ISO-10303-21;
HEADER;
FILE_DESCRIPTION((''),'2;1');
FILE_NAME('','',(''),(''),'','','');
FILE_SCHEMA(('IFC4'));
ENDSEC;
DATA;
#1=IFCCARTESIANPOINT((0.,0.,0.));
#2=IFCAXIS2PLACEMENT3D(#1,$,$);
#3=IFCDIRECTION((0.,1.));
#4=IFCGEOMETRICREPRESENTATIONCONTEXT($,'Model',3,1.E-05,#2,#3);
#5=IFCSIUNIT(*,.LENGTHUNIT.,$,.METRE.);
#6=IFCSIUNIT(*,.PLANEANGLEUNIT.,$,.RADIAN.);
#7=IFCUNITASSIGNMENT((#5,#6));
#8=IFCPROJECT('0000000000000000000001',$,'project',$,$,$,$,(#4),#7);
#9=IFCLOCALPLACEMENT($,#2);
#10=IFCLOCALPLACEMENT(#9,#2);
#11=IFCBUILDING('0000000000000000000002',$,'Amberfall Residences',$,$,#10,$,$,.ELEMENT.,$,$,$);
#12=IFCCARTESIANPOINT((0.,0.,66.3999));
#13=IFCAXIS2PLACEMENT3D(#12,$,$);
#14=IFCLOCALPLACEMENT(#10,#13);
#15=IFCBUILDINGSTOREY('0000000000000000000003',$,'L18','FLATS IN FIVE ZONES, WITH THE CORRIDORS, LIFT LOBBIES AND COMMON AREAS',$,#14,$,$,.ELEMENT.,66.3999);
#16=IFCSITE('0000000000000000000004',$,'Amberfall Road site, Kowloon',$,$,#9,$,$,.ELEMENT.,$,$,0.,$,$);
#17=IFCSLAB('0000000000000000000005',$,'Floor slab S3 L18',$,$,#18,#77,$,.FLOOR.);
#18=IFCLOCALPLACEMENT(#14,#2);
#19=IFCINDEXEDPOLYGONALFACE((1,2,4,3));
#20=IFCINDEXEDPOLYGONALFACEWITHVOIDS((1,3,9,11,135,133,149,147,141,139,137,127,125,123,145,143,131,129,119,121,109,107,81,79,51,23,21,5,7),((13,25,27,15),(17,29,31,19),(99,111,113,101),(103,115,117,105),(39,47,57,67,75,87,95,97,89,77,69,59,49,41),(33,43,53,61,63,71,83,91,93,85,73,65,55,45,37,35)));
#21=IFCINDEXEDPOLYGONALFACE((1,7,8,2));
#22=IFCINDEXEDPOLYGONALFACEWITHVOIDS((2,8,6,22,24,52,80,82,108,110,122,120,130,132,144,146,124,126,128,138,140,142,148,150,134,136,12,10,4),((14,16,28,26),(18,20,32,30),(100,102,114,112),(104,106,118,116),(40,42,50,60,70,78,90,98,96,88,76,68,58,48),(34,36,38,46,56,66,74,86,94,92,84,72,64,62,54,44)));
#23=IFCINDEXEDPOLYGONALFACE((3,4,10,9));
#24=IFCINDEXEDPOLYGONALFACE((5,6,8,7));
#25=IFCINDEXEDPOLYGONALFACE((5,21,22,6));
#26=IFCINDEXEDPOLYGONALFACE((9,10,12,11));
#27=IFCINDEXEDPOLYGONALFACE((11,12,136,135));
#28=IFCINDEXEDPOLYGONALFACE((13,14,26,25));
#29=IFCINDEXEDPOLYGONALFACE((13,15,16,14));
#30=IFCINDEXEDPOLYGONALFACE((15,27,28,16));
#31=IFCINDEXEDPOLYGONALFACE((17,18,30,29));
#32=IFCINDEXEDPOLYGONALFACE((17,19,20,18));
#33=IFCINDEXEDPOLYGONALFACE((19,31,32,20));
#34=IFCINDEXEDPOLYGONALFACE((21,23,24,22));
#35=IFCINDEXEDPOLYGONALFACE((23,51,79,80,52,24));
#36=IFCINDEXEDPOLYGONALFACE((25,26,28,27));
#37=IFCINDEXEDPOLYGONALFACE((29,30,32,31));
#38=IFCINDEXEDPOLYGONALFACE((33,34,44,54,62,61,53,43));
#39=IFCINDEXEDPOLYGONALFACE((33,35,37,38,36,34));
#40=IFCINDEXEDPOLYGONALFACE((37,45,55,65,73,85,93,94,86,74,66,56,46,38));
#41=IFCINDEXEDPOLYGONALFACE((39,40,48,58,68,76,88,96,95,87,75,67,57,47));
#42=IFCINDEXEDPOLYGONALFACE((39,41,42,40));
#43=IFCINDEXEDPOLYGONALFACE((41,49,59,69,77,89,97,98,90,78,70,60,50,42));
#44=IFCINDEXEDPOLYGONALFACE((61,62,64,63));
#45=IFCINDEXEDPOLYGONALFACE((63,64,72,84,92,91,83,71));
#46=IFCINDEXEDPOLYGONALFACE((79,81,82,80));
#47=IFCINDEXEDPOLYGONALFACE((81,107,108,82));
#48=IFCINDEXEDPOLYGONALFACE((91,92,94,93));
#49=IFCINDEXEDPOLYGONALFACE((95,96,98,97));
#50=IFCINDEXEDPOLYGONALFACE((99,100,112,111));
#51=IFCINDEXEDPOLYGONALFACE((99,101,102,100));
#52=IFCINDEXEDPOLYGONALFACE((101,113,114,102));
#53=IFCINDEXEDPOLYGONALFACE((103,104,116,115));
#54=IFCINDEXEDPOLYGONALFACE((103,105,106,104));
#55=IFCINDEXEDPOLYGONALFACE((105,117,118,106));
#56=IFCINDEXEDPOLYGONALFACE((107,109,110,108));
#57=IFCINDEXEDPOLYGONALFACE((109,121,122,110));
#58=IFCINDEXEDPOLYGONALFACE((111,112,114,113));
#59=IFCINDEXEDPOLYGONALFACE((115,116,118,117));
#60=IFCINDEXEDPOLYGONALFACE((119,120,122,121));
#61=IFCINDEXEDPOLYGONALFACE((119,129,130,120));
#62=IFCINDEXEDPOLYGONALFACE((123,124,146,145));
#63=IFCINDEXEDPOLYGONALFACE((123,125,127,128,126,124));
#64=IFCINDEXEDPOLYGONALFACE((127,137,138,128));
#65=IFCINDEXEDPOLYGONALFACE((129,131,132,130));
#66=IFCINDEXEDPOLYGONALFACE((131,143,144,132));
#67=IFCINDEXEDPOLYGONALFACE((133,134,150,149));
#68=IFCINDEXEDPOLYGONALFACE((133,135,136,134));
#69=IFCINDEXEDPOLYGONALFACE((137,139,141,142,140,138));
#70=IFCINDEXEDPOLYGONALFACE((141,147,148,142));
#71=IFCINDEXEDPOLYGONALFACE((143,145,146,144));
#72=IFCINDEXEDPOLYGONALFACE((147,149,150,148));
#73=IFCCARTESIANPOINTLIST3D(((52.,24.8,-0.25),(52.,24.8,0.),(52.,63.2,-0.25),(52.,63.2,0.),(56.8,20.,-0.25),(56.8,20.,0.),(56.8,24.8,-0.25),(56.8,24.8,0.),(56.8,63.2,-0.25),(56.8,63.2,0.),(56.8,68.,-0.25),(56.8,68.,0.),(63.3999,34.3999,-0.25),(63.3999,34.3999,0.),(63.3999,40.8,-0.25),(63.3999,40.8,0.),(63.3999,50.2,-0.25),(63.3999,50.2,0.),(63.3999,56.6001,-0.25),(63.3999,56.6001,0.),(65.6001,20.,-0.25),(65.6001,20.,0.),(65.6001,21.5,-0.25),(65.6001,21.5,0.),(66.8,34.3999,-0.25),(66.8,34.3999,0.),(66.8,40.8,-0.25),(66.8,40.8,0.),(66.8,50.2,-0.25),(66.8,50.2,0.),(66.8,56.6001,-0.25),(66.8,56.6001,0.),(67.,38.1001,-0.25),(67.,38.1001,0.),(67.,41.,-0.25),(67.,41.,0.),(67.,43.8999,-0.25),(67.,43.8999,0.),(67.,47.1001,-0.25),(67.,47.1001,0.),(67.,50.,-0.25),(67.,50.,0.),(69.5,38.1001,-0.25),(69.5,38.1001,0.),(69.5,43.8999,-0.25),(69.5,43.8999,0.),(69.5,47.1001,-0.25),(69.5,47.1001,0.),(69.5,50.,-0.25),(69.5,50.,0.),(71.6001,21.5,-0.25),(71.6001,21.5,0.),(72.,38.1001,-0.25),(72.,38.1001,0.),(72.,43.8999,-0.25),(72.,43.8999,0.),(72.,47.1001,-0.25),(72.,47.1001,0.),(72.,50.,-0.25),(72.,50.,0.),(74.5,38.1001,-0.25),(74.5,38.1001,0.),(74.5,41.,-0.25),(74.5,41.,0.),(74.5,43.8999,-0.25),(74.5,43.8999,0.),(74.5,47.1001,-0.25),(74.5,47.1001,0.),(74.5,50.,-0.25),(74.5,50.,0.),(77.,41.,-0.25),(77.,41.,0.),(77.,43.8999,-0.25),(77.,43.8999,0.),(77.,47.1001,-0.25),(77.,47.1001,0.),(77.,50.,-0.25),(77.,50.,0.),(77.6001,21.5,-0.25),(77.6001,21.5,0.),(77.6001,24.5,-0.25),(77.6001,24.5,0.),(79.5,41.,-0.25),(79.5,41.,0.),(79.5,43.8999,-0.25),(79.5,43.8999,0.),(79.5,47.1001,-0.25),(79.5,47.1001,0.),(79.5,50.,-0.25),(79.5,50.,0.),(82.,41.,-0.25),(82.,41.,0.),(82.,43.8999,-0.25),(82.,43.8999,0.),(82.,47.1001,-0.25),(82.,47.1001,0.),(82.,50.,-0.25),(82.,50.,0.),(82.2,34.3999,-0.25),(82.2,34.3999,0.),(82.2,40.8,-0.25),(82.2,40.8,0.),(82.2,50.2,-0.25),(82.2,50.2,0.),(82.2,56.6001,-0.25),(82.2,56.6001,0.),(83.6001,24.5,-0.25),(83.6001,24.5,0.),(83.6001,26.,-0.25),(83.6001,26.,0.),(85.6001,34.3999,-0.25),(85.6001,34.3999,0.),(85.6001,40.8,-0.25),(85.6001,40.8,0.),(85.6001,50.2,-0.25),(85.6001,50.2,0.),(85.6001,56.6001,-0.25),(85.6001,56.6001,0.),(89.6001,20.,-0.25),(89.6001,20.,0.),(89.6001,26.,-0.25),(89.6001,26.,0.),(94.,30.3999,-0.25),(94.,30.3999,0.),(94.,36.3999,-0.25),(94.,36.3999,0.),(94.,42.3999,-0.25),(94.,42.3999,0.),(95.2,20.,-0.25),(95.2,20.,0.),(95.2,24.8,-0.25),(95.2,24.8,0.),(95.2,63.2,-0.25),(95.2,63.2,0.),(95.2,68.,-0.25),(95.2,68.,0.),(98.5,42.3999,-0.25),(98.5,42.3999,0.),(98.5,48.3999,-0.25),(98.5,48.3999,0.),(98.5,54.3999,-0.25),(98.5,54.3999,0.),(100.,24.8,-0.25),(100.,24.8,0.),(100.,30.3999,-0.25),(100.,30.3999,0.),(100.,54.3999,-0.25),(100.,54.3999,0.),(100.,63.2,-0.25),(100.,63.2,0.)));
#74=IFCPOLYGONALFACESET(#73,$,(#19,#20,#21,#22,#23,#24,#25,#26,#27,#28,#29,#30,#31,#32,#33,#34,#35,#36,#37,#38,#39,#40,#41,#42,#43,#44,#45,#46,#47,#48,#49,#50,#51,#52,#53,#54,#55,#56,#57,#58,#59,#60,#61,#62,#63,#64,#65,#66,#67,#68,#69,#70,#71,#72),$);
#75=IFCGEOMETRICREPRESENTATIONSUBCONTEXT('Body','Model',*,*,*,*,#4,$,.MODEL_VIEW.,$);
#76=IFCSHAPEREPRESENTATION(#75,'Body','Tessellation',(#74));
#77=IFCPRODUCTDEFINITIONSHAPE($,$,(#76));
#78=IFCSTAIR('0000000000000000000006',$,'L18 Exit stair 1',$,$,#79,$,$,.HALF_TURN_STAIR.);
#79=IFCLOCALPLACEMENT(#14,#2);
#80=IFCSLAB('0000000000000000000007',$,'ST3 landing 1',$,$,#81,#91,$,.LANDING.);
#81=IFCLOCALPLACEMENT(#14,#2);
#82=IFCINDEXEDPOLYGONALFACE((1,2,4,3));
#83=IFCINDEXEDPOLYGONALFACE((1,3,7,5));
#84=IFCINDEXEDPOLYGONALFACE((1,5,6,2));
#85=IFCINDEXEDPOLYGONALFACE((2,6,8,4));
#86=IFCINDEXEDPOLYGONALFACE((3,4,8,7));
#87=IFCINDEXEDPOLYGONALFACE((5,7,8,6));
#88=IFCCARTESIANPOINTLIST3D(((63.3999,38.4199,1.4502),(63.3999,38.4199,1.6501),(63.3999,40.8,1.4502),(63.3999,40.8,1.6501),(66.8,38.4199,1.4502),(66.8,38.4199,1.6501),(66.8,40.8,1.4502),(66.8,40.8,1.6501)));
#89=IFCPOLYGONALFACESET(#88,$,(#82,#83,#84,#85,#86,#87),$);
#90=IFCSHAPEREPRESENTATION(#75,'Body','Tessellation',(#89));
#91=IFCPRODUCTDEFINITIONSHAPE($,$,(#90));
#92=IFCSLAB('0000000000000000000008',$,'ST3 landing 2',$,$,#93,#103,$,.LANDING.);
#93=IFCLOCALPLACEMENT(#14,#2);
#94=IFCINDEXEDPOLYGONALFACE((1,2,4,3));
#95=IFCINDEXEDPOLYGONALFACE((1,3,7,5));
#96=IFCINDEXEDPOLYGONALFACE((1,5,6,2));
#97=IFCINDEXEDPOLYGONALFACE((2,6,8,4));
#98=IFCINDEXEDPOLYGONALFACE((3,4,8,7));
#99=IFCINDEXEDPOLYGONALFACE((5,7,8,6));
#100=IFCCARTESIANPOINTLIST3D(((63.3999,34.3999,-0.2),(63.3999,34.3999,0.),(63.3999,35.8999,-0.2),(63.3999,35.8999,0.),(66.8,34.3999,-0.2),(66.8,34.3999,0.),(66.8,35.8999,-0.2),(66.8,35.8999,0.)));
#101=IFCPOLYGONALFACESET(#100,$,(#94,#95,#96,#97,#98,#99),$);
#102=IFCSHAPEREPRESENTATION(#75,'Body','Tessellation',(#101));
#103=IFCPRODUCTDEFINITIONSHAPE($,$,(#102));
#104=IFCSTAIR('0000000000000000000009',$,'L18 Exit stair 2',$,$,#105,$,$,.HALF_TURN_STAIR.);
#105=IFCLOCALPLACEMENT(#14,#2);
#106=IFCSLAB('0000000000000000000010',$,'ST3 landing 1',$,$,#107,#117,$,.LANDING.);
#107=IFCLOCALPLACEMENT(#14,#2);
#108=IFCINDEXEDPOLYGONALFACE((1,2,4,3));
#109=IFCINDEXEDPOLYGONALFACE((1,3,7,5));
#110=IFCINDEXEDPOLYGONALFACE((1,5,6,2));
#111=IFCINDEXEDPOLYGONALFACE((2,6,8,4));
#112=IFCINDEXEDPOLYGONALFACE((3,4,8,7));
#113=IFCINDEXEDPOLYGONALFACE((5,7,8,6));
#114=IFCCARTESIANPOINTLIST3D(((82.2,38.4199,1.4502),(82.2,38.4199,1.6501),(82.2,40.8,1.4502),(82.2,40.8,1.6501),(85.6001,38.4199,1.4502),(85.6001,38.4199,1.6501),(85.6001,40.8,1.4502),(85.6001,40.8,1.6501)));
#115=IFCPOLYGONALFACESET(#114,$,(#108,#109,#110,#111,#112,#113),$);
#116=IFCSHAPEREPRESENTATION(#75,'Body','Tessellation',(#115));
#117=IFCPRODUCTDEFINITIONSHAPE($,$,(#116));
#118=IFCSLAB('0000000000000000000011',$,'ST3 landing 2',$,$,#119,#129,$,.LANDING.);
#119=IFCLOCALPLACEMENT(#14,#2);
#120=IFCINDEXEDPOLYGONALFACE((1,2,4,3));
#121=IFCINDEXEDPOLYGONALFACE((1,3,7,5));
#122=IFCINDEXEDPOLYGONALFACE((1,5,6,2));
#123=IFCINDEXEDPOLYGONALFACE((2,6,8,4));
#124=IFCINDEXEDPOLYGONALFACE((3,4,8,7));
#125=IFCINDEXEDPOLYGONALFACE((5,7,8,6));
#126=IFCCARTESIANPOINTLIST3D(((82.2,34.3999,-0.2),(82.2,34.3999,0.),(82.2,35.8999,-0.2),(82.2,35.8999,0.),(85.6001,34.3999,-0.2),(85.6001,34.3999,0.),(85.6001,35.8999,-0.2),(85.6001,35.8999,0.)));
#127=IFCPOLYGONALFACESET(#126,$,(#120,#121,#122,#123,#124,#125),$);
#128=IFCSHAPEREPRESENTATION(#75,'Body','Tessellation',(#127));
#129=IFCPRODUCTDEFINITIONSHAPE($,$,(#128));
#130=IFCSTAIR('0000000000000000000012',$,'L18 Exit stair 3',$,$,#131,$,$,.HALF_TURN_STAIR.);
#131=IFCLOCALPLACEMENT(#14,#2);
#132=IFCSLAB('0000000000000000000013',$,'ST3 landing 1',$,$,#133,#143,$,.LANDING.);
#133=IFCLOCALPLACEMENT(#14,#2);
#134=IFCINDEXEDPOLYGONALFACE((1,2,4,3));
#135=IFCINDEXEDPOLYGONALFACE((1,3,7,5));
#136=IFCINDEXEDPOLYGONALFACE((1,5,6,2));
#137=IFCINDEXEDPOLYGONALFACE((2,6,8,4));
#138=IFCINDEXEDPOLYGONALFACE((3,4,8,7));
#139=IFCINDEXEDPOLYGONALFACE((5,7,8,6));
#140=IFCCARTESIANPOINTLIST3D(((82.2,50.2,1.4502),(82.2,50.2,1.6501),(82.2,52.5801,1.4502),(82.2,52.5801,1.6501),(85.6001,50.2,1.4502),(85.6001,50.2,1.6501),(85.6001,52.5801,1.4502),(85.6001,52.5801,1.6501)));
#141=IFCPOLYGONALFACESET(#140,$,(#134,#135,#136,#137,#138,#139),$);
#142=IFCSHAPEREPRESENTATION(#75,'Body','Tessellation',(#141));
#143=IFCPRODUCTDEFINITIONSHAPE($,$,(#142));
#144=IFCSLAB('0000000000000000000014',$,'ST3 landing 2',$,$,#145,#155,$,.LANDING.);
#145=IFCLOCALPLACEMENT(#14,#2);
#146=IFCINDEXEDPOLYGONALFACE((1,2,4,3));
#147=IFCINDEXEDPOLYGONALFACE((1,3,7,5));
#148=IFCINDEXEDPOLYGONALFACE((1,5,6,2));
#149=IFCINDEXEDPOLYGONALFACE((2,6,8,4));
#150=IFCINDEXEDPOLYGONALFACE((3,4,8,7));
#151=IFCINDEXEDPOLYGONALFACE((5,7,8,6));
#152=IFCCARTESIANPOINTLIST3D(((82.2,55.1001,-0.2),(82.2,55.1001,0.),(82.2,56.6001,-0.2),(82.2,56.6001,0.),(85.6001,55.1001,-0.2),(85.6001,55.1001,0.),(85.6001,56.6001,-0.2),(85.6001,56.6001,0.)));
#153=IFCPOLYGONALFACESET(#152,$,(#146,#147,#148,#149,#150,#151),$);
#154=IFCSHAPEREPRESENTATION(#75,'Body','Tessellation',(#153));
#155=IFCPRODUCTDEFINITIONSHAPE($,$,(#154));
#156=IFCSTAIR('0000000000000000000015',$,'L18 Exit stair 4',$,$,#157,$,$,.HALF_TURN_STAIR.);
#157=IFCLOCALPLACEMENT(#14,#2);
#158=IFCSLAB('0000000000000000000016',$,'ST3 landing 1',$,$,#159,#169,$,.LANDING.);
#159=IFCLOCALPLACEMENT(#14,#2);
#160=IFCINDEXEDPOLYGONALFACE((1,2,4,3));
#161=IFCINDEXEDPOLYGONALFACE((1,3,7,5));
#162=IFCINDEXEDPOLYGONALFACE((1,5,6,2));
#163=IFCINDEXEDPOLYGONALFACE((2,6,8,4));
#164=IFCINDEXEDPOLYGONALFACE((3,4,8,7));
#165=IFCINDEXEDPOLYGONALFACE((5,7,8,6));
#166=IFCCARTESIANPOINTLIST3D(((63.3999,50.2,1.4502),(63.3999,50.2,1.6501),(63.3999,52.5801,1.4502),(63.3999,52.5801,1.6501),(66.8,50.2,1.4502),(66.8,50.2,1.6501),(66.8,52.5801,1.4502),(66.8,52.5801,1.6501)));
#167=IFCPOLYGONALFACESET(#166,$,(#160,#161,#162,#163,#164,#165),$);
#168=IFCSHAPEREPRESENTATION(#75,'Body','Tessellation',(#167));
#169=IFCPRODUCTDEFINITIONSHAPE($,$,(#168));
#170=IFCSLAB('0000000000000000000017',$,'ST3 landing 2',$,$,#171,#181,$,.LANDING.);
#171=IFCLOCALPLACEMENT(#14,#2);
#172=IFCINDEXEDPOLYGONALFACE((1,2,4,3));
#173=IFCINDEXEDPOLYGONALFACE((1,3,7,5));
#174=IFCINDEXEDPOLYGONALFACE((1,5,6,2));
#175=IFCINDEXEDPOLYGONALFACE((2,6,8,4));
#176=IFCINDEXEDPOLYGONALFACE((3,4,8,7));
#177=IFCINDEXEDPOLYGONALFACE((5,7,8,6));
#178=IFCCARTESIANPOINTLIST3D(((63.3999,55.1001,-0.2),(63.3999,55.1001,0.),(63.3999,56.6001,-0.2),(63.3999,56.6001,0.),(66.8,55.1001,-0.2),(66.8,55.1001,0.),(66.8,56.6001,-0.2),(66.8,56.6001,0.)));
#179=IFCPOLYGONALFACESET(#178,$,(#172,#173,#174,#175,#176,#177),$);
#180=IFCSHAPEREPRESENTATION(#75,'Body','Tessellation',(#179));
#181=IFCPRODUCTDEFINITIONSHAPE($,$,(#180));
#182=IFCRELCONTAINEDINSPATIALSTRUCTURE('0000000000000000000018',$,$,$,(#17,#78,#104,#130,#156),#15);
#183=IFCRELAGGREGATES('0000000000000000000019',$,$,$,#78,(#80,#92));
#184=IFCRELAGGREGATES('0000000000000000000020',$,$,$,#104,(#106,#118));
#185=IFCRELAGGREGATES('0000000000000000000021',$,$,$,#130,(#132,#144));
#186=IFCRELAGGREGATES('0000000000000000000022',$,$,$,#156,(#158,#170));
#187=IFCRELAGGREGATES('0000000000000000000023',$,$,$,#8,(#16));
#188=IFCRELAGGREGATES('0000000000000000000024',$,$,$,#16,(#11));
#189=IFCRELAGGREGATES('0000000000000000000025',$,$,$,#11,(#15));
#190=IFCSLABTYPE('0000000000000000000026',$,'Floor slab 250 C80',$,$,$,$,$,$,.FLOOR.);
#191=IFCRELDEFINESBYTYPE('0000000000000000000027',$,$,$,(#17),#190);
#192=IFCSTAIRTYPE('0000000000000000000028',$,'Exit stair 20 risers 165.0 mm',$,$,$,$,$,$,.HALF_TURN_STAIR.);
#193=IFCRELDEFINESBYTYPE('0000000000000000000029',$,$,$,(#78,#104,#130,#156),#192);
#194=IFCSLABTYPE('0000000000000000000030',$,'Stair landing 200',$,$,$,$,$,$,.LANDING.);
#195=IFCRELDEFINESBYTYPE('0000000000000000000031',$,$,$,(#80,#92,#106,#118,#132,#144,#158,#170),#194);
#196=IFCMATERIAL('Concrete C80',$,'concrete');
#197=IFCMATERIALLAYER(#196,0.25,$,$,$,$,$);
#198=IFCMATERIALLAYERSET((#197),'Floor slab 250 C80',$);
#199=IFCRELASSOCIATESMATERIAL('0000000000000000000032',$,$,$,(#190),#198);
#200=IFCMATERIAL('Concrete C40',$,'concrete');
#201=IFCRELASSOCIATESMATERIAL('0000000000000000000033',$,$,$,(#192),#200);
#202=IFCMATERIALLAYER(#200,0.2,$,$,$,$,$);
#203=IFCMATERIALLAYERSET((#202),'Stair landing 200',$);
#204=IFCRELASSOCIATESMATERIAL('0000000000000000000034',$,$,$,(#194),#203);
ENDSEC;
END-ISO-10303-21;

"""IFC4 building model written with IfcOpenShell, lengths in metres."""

from ifc_helpers import new_model, si_unit, direction, frame, origin, place, context, subcontext, project, spatial, polyline, outline, extrude, material, layer, layer_set, type_object, element, aggregate, save


model = new_model("IFC4")

# Units and contexts
model_context = context("Model", 3, precision=1e-05, world=origin(), true_north=direction((0.0, 1.0)))
body_context = subcontext(model_context, "Body", "Model", "MODEL_VIEW")
ifc_project = project(units=[si_unit("LENGTHUNIT", "METRE"), si_unit("PLANEANGLEUNIT", "RADIAN")], contexts=[model_context])

# Site, building, storey
site_placement = place(None, origin())
site = spatial("IfcSite", under=ifc_project, at=site_placement, Name="Amberfall Road site, Kowloon", CompositionType="ELEMENT", RefElevation=0.0)
building_placement = place(site_placement, origin())
building = spatial("IfcBuilding", under=site, at=building_placement, Name="Amberfall Residences", CompositionType="ELEMENT")
storey_placement = place(building_placement, frame((0.0, 0.0, 66.3999)))
storey = spatial("IfcBuildingStorey", under=building, at=storey_placement, Name="L18", Description="FLATS IN FIVE ZONES, WITH THE CORRIDORS, LIFT LOBBIES AND COMMON AREAS", CompositionType="ELEMENT", Elevation=66.3999)

# Slab
ifc_material_1 = material(Name="Concrete C80", Category="concrete")
ifc_layer_1 = layer(ifc_material_1, 0.25)
ifc_layer_set_1 = layer_set([ifc_layer_1], Name="Floor slab 250 C80")
slab_type_1 = type_object("IfcSlabType", Name="Floor slab 250 C80", PredefinedType="FLOOR", material=ifc_layer_set_1)
slab_1_placement = place(storey_placement, frame((0.0, 0.0, -0.25)))
element("IfcSlab", 1, at=slab_1_placement, inside=storey, type_object=slab_type_1, Name="Floor slab S3 L18", PredefinedType="FLOOR", context=body_context, shape_type="SweptSolid", body=[
    extrude(outline(polyline([(89.6001, 20.0), (89.6001, 26.0), (83.6001, 26.0), (83.6001, 24.5), (77.6001, 24.5), (77.6001, 21.5), (71.6001, 21.5), (65.6001, 21.5), (65.6001, 20.0), (56.8, 20.0), (56.8, 24.8), (52.0, 24.8), (52.0, 63.2), (56.8, 63.2), (56.8, 68.0), (95.2, 68.0), (95.2, 63.2), (100.0, 63.2), (100.0, 54.3999), (98.5, 54.3999), (98.5, 48.3999), (98.5, 42.3999), (94.0, 42.3999), (94.0, 36.3999), (94.0, 30.3999), (100.0, 30.3999), (100.0, 24.8), (95.2, 24.8), (95.2, 20.0), (89.6001, 20.0)]), holes=[polyline([(85.6001, 34.3999), (85.6001, 40.8), (82.2, 40.8), (82.2, 34.3999), (85.6001, 34.3999)]), polyline([(82.2, 50.2), (85.6001, 50.2), (85.6001, 56.6001), (82.2, 56.6001), (82.2, 50.2)]), polyline([(69.5, 50.0), (67.0, 50.0), (67.0, 47.1001), (69.5, 47.1001), (72.0, 47.1001), (74.5, 47.1001), (77.0, 47.1001), (79.5, 47.1001), (82.0, 47.1001), (82.0, 50.0), (79.5, 50.0), (77.0, 50.0), (74.5, 50.0), (72.0, 50.0), (69.5, 50.0)]), polyline([(74.5, 41.0), (77.0, 41.0), (79.5, 41.0), (82.0, 41.0), (82.0, 43.8999), (79.5, 43.8999), (77.0, 43.8999), (74.5, 43.8999), (72.0, 43.8999), (69.5, 43.8999), (67.0, 43.8999), (67.0, 41.0), (67.0, 38.1001), (69.5, 38.1001), (72.0, 38.1001), (74.5, 38.1001), (74.5, 41.0)]), polyline([(66.8, 34.3999), (66.8, 40.8), (63.3999, 40.8), (63.3999, 34.3999), (66.8, 34.3999)]), polyline([(66.8, 50.2), (66.8, 56.6001), (63.3999, 56.6001), (63.3999, 50.2), (66.8, 50.2)])]), origin(), (0.0, 0.0, 1.0), 0.25),
])

# Stairs, slabs
ifc_material_2 = material(Name="Concrete C40", Category="concrete")
stair_type = type_object("IfcStairType", Name="Exit stair 20 risers 165.0 mm", PredefinedType="HALF_TURN_STAIR", material=ifc_material_2)
stair_1_placement = place(storey_placement, origin())
stair_1 = element("IfcStair", 2, at=stair_1_placement, inside=storey, type_object=stair_type, Name="L18 Exit stair 1", PredefinedType="HALF_TURN_STAIR")
ifc_layer_2 = layer(ifc_material_2, 0.2)
ifc_layer_set_2 = layer_set([ifc_layer_2], Name="Stair landing 200")
slab_type_2 = type_object("IfcSlabType", Name="Stair landing 200", PredefinedType="LANDING", material=ifc_layer_set_2)
slab_2_placement = place(storey_placement, frame((0.0, 0.0, 1.4502)))
slab_2 = element("IfcSlab", 3, at=slab_2_placement, type_object=slab_type_2, Name="ST3 landing 1", PredefinedType="LANDING", context=body_context, shape_type="SweptSolid", body=[
    extrude(outline(polyline([(66.8, 38.4199), (66.8, 40.8), (63.3999, 40.8), (63.3999, 38.4199), (66.8, 38.4199)])), origin(), (0.0, 0.0, 1.0), 0.2),
])
slab_3_placement = place(storey_placement, frame((0.0, 0.0, -0.2)))
slab_3 = element("IfcSlab", 4, at=slab_3_placement, type_object=slab_type_2, Name="ST3 landing 2", PredefinedType="LANDING", context=body_context, shape_type="SweptSolid", body=[
    extrude(outline(polyline([(66.8, 34.3999), (66.8, 35.8999), (63.3999, 35.8999), (63.3999, 34.3999), (66.8, 34.3999)])), origin(), (0.0, 0.0, 1.0), 0.2),
])
aggregate(stair_1, [slab_2, slab_3])
stair_2_placement = place(storey_placement, origin())
stair_2 = element("IfcStair", 5, at=stair_2_placement, inside=storey, type_object=stair_type, Name="L18 Exit stair 2", PredefinedType="HALF_TURN_STAIR")
slab_4_placement = place(storey_placement, frame((0.0, 0.0, 1.4502)))
slab_4 = element("IfcSlab", 6, at=slab_4_placement, type_object=slab_type_2, Name="ST3 landing 1", PredefinedType="LANDING", context=body_context, shape_type="SweptSolid", body=[
    extrude(outline(polyline([(85.6001, 38.4199), (85.6001, 40.8), (82.2, 40.8), (82.2, 38.4199), (85.6001, 38.4199)])), origin(), (0.0, 0.0, 1.0), 0.2),
])
slab_5_placement = place(storey_placement, frame((0.0, 0.0, -0.2)))
slab_5 = element("IfcSlab", 7, at=slab_5_placement, type_object=slab_type_2, Name="ST3 landing 2", PredefinedType="LANDING", context=body_context, shape_type="SweptSolid", body=[
    extrude(outline(polyline([(85.6001, 34.3999), (85.6001, 35.8999), (82.2, 35.8999), (82.2, 34.3999), (85.6001, 34.3999)])), origin(), (0.0, 0.0, 1.0), 0.2),
])
aggregate(stair_2, [slab_4, slab_5])
stair_3_placement = place(storey_placement, origin())
stair_3 = element("IfcStair", 8, at=stair_3_placement, inside=storey, type_object=stair_type, Name="L18 Exit stair 3", PredefinedType="HALF_TURN_STAIR")
slab_6_placement = place(storey_placement, frame((0.0, 0.0, 1.4502)))
slab_6 = element("IfcSlab", 9, at=slab_6_placement, type_object=slab_type_2, Name="ST3 landing 1", PredefinedType="LANDING", context=body_context, shape_type="SweptSolid", body=[
    extrude(outline(polyline([(82.2, 52.5801), (82.2, 50.2), (85.6001, 50.2), (85.6001, 52.5801), (82.2, 52.5801)])), origin(), (0.0, 0.0, 1.0), 0.2),
])
slab_7_placement = place(storey_placement, frame((0.0, 0.0, -0.2)))
slab_7 = element("IfcSlab", 10, at=slab_7_placement, type_object=slab_type_2, Name="ST3 landing 2", PredefinedType="LANDING", context=body_context, shape_type="SweptSolid", body=[
    extrude(outline(polyline([(82.2, 56.6001), (82.2, 55.1001), (85.6001, 55.1001), (85.6001, 56.6001), (82.2, 56.6001)])), origin(), (0.0, 0.0, 1.0), 0.2),
])
aggregate(stair_3, [slab_6, slab_7])
stair_4_placement = place(storey_placement, origin())
stair_4 = element("IfcStair", 11, at=stair_4_placement, inside=storey, type_object=stair_type, Name="L18 Exit stair 4", PredefinedType="HALF_TURN_STAIR")
slab_8_placement = place(storey_placement, frame((0.0, 0.0, 1.4502)))
slab_8 = element("IfcSlab", 12, at=slab_8_placement, type_object=slab_type_2, Name="ST3 landing 1", PredefinedType="LANDING", context=body_context, shape_type="SweptSolid", body=[
    extrude(outline(polyline([(63.3999, 52.5801), (63.3999, 50.2), (66.8, 50.2), (66.8, 52.5801), (63.3999, 52.5801)])), origin(), (0.0, 0.0, 1.0), 0.2),
])
slab_9_placement = place(storey_placement, frame((0.0, 0.0, -0.2)))
slab_9 = element("IfcSlab", 13, at=slab_9_placement, type_object=slab_type_2, Name="ST3 landing 2", PredefinedType="LANDING", context=body_context, shape_type="SweptSolid", body=[
    extrude(outline(polyline([(63.3999, 56.6001), (63.3999, 55.1001), (66.8, 55.1001), (66.8, 56.6001), (63.3999, 56.6001)])), origin(), (0.0, 0.0, 1.0), 0.2),
])
aggregate(stair_4, [slab_8, slab_9])

save(model, "model.ifc")
